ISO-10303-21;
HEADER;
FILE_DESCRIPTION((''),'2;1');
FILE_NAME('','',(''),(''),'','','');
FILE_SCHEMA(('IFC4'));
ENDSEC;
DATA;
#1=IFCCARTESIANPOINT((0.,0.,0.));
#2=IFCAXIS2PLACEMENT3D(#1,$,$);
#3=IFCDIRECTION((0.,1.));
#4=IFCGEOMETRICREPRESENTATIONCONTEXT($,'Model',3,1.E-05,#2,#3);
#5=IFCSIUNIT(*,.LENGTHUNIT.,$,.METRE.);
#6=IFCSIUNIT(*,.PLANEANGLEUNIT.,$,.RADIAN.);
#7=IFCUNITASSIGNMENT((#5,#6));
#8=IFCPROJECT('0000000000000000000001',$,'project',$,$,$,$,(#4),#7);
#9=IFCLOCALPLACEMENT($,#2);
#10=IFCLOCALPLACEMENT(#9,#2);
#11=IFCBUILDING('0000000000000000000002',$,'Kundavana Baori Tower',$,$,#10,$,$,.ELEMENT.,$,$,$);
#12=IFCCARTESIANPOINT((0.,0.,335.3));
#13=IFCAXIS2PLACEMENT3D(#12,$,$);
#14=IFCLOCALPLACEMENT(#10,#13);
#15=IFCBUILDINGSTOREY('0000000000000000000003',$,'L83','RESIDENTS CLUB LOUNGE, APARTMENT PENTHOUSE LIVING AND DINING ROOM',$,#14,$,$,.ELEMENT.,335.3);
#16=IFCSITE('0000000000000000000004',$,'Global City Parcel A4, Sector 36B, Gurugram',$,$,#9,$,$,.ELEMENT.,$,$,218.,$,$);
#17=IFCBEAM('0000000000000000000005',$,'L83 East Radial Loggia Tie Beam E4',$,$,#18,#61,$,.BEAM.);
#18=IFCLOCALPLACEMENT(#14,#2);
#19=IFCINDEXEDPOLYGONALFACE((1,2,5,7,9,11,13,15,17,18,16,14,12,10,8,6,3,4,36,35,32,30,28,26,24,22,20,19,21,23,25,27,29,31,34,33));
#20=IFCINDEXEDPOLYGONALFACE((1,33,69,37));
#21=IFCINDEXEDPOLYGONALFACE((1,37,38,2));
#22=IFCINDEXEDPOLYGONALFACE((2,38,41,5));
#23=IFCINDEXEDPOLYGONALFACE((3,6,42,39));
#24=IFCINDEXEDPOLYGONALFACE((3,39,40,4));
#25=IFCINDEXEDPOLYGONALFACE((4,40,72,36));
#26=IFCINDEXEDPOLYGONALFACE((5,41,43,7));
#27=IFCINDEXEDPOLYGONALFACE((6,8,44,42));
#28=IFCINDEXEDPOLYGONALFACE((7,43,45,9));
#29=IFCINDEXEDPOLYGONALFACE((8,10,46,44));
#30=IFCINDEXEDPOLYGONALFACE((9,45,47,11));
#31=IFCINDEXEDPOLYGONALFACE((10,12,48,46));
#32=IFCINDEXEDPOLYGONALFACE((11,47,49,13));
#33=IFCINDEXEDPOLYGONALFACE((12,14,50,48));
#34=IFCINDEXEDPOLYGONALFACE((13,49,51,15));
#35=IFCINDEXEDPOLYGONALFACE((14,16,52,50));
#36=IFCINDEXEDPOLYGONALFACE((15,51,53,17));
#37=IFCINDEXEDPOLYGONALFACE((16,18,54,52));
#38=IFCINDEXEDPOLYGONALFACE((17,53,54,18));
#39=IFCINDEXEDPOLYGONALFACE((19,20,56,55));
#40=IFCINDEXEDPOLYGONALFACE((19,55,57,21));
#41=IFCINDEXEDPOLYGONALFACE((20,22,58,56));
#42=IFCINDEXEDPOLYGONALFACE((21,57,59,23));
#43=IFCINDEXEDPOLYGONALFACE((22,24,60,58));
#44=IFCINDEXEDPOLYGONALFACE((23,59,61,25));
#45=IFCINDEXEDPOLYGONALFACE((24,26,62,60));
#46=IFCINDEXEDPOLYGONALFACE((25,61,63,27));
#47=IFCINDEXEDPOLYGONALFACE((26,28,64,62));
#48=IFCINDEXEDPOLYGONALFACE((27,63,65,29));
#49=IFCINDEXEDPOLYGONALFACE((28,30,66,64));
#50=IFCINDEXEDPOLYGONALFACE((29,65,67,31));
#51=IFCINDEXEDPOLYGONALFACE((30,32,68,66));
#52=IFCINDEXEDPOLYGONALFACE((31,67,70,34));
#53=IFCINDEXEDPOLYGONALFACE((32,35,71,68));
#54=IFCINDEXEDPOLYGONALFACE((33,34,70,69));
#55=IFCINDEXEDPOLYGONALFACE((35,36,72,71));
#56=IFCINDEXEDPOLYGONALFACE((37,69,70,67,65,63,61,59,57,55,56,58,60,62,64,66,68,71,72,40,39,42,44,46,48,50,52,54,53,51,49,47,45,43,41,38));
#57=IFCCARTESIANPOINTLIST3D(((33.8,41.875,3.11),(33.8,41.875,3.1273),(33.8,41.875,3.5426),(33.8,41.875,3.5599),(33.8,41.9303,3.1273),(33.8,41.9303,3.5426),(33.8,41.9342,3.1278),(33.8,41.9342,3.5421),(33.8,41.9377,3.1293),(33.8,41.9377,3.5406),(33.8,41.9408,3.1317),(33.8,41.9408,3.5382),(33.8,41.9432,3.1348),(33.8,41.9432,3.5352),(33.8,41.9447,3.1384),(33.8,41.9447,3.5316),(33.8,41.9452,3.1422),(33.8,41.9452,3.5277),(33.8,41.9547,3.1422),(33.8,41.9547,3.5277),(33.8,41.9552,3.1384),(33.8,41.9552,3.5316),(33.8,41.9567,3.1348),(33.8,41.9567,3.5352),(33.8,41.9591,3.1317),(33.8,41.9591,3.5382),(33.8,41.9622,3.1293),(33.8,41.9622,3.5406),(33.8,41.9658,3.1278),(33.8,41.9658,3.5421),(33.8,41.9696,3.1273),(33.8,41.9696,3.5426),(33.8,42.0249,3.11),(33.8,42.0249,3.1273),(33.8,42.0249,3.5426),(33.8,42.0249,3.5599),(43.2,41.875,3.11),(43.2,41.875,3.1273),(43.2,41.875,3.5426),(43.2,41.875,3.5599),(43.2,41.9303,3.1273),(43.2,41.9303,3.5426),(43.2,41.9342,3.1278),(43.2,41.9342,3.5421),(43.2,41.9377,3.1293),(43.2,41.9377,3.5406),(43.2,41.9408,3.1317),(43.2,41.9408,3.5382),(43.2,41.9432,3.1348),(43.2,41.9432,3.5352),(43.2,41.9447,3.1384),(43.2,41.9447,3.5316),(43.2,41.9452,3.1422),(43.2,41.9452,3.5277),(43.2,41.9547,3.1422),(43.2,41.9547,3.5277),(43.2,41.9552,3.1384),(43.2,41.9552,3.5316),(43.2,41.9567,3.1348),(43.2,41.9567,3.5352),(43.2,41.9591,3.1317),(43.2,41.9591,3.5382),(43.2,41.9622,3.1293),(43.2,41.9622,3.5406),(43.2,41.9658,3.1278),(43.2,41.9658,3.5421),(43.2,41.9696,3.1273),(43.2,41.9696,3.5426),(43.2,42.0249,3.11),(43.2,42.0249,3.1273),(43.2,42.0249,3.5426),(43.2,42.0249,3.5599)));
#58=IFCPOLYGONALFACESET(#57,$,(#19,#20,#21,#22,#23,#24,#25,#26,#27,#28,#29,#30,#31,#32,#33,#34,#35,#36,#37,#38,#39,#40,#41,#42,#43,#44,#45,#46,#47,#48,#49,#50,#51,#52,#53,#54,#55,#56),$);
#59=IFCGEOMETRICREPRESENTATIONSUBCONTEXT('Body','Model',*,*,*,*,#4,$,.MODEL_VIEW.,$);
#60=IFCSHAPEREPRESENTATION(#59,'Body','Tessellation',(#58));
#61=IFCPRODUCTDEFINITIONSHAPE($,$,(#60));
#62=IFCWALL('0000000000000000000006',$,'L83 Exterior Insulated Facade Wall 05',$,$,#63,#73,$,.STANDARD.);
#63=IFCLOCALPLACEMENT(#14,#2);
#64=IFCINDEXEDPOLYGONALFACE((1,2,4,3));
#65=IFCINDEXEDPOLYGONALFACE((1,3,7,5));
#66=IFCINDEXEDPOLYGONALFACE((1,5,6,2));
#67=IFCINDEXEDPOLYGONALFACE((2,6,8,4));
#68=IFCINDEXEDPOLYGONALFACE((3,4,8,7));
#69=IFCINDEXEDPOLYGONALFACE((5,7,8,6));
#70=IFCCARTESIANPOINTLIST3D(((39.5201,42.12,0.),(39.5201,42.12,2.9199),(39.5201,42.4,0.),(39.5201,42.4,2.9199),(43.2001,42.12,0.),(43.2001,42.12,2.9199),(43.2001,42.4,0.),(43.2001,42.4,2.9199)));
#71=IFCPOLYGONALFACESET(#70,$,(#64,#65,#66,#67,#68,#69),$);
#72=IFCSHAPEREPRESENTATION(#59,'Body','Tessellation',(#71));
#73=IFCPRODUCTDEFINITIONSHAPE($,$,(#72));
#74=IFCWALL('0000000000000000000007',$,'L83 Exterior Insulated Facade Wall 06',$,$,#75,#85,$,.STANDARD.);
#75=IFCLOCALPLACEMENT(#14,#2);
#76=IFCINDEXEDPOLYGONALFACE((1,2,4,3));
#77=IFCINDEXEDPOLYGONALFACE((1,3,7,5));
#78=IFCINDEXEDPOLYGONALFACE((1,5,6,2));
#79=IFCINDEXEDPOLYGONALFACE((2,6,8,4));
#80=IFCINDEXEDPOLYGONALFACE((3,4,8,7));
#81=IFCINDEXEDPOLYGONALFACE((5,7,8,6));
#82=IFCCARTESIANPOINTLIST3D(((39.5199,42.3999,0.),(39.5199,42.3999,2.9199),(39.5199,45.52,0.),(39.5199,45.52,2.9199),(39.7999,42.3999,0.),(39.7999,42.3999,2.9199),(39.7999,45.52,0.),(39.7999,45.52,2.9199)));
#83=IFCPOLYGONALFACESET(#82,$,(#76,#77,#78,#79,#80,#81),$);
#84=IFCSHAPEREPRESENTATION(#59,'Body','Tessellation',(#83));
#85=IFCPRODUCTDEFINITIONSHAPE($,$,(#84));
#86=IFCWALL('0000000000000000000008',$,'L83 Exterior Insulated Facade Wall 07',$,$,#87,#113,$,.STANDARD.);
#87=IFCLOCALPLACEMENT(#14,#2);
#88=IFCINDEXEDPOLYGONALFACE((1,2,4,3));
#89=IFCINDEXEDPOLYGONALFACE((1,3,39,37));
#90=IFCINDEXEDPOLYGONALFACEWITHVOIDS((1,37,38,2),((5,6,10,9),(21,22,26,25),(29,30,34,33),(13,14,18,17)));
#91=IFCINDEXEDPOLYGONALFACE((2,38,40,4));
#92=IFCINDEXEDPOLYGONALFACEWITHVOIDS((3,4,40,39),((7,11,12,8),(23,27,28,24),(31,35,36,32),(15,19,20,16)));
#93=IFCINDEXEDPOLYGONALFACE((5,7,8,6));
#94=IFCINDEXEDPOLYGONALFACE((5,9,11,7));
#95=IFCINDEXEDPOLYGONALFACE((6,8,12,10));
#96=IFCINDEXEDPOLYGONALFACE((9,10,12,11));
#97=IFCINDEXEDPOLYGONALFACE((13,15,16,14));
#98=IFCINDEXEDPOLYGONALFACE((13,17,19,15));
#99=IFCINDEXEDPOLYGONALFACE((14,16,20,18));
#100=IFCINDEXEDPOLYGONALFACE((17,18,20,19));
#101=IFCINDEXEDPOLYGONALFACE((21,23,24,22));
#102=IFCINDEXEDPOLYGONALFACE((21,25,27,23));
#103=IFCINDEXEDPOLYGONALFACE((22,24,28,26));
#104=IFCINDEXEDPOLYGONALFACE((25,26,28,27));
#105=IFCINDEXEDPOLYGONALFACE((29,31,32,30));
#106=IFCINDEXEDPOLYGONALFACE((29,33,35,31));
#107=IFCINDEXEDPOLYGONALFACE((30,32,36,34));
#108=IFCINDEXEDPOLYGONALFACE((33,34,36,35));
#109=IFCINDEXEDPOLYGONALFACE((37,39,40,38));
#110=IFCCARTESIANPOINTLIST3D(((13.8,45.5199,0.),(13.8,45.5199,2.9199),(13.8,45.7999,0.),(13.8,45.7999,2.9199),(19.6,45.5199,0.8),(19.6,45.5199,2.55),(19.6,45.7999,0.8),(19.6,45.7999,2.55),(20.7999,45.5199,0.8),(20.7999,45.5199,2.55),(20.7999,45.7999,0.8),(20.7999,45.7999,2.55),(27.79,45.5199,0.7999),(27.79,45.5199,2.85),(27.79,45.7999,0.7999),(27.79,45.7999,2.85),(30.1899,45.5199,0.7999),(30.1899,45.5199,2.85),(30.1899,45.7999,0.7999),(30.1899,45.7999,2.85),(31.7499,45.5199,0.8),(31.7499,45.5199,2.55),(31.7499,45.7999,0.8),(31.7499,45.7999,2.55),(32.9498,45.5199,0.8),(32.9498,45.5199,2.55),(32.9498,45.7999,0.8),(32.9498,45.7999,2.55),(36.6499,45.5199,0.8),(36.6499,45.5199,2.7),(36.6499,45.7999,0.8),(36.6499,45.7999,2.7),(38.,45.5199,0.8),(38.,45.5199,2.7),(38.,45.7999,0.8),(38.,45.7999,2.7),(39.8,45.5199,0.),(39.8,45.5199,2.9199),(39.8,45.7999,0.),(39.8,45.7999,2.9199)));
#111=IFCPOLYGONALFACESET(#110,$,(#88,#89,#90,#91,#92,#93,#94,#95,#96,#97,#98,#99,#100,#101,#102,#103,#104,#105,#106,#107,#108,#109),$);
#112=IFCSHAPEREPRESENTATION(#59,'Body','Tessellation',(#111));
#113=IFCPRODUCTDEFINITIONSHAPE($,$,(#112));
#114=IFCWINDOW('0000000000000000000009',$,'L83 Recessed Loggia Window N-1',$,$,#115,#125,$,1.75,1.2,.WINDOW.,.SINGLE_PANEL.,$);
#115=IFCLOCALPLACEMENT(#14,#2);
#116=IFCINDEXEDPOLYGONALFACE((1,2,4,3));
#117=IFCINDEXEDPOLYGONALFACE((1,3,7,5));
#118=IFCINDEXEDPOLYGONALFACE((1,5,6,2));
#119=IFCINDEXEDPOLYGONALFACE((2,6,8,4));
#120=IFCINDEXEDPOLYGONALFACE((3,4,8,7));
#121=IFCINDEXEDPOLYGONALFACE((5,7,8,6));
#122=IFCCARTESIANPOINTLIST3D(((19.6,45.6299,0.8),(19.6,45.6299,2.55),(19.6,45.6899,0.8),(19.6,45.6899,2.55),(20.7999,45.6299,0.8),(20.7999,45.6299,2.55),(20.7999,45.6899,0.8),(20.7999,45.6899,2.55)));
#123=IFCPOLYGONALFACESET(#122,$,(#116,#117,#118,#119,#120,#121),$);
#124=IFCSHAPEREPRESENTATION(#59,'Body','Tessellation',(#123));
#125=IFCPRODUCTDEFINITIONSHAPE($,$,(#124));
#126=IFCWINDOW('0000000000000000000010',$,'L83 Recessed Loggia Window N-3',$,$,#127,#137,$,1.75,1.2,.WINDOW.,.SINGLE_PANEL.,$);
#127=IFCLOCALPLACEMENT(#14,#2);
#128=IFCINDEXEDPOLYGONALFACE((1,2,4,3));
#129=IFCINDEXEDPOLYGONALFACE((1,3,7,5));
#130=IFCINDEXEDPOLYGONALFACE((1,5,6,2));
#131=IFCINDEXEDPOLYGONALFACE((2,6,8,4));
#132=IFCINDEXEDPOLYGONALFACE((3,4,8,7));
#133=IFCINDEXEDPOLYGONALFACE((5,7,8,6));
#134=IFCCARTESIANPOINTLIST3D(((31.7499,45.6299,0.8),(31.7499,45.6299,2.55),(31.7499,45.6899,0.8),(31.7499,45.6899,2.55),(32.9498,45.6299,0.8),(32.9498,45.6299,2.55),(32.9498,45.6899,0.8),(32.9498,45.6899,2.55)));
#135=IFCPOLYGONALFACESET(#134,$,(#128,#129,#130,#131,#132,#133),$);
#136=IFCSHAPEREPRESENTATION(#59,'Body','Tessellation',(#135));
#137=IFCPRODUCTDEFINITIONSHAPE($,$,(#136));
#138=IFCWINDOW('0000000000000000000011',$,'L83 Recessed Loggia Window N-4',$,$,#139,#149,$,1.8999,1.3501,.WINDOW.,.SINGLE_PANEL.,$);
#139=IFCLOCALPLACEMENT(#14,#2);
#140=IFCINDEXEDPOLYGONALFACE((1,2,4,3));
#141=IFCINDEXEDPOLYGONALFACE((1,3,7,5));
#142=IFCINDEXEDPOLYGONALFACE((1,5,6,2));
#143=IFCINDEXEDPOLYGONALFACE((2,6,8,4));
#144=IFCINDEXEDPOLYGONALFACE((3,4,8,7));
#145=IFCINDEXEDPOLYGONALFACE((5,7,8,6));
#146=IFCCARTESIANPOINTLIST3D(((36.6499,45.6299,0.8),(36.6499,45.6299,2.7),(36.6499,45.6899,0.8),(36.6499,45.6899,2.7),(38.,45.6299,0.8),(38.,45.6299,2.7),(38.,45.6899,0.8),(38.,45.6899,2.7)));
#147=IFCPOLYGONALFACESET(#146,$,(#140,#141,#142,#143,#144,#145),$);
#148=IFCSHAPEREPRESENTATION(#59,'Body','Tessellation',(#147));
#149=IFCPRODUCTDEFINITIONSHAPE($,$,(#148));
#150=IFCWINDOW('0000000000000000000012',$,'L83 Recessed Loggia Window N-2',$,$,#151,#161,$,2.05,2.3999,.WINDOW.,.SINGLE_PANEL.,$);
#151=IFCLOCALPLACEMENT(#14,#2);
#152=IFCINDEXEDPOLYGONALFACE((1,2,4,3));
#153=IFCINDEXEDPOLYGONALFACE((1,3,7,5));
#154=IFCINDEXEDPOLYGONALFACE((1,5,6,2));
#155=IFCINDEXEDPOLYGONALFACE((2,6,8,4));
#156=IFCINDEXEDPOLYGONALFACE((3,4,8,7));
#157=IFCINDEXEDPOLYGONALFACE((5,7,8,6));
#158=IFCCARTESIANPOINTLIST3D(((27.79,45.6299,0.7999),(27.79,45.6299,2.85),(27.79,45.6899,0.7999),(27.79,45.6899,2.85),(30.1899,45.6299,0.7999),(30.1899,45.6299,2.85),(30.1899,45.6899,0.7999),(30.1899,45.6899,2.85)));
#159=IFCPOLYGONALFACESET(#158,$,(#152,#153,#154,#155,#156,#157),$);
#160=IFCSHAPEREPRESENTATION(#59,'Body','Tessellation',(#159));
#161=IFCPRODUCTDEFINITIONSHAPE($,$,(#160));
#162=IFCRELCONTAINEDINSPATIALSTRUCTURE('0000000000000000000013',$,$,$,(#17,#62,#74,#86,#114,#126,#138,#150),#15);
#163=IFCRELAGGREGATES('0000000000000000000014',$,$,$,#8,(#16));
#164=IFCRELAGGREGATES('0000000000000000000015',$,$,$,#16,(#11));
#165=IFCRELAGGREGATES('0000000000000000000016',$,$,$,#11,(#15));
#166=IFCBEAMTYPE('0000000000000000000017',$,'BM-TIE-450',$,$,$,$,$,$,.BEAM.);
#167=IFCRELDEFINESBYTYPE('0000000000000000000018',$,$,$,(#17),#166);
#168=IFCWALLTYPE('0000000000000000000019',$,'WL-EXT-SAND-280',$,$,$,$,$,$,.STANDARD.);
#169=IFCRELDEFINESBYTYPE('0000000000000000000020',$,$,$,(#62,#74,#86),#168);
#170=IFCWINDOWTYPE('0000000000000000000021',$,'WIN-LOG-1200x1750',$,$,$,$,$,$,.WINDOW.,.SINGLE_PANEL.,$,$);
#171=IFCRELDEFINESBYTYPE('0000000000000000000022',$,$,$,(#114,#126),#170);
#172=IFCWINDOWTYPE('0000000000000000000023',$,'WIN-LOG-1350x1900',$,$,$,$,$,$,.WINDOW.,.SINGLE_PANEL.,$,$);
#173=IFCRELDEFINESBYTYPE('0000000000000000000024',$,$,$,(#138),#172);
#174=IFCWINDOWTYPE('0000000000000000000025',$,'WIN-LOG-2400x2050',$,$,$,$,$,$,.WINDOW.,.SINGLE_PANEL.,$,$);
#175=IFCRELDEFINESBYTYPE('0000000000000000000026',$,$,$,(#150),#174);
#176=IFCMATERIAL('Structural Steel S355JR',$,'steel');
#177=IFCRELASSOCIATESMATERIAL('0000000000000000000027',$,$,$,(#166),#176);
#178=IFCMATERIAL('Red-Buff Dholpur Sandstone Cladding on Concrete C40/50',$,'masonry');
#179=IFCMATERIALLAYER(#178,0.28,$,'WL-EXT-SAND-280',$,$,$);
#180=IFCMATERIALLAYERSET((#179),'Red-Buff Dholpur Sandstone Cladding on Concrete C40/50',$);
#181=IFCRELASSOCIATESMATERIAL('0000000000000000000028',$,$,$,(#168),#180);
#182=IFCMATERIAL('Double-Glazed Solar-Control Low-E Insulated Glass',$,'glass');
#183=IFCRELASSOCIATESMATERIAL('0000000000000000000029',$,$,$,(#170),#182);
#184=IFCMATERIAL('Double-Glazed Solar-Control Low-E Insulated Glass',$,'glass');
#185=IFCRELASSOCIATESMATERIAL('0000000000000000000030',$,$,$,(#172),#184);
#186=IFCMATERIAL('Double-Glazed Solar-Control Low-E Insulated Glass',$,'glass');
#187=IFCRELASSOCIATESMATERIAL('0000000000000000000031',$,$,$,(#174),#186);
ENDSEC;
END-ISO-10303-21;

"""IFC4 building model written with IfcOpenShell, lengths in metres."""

from ifc_helpers import new_model, si_unit, direction, frame, frame_2d, origin, origin_2d, place, context, subcontext, project, spatial, rectangle, i_section, extrude, material, layer, layer_set, material_profile, profile_set, type_object, element, fill, save


model = new_model("IFC4")

# Units and contexts
model_context = context("Model", 3, precision=1e-05, world=origin(), true_north=direction((0.0, 1.0)))
body_context = subcontext(model_context, "Body", "Model", "MODEL_VIEW")
ifc_project = project(units=[si_unit("LENGTHUNIT", "METRE"), si_unit("PLANEANGLEUNIT", "RADIAN")], contexts=[model_context])

# Site, building, storey
site_placement = place(None, origin())
site = spatial("IfcSite", under=ifc_project, at=site_placement, Name="Global City Parcel A4, Sector 36B, Gurugram", CompositionType="ELEMENT", RefElevation=218.0)
building_placement = place(site_placement, origin())
building = spatial("IfcBuilding", under=site, at=building_placement, Name="Kundavana Baori Tower", CompositionType="ELEMENT")
storey_placement = place(building_placement, frame((0.0, 0.0, 335.3)))
storey = spatial("IfcBuildingStorey", under=building, at=storey_placement, Name="L83", Description="RESIDENTS CLUB LOUNGE, APARTMENT PENTHOUSE LIVING AND DINING ROOM", CompositionType="ELEMENT", Elevation=335.3)

# Beam
ifc_material_1 = material(Name="Structural Steel S355JR", Category="steel")
ifc_material_profile_1 = material_profile(ifc_material_1, i_section(OverallWidth=0.1499, OverallDepth=0.45, WebThickness=0.0095, FlangeThickness=0.0173, FilletRadius=0.0149, at=origin_2d()), Name="ISMB 450")
ifc_profile_set_1 = profile_set([ifc_material_profile_1], Name="Structural Steel S355JR")
beam_type_1 = type_object("IfcBeamType", Name="BM-TIE-450", PredefinedType="BEAM", material=ifc_profile_set_1)
beam_1_placement = place(storey_placement, frame((33.8, 41.95, 3.335), z_axis=(1.0, 0.0, 0.0), x_axis=(0.0, 1.0, 0.0)))
element("IfcBeam", 1, at=beam_1_placement, inside=storey, type_object=beam_type_1, Name="L83 East Radial Loggia Tie Beam E4", PredefinedType="BEAM", context=body_context, shape_type="SweptSolid", body=[
    extrude(i_section(OverallWidth=0.1499, OverallDepth=0.45, WebThickness=0.0095, FlangeThickness=0.0173, FilletRadius=0.0149, at=origin_2d()), origin(), (0.0, 0.0, 1.0), 9.3999),
])

# Walls
ifc_material_2 = material(Name="Red-Buff Dholpur Sandstone Cladding on Concrete C40/50", Category="masonry")
ifc_layer_1 = layer(ifc_material_2, 0.28, Name="WL-EXT-SAND-280")
ifc_layer_set_1 = layer_set([ifc_layer_1], Name="Red-Buff Dholpur Sandstone Cladding on Concrete C40/50")
wall_type_1 = type_object("IfcWallType", Name="WL-EXT-SAND-280", PredefinedType="STANDARD", material=ifc_layer_set_1)
wall_1_placement = place(storey_placement, frame((43.2, 42.26, 0.0), z_axis=(0.0, 0.0, 1.0), x_axis=(-1.0, 0.0, 0.0)))
element("IfcWall", 2, at=wall_1_placement, inside=storey, type_object=wall_type_1, Name="L83 Exterior Insulated Facade Wall 05", PredefinedType="STANDARD", context=body_context, shape_type="SweptSolid", body=[
    extrude(rectangle(XDim=3.6799, YDim=0.28, at=frame_2d((1.8398, 0.0))), origin(), (0.0, 0.0, 1.0), 2.9199),
])
wall_2_placement = place(storey_placement, frame((39.6599, 42.3999, 0.0), z_axis=(0.0, 0.0, 1.0), x_axis=(0.0, 1.0, 0.0)))
element("IfcWall", 3, at=wall_2_placement, inside=storey, type_object=wall_type_1, Name="L83 Exterior Insulated Facade Wall 06", PredefinedType="STANDARD", context=body_context, shape_type="SweptSolid", body=[
    extrude(rectangle(XDim=3.1201, YDim=0.28, at=frame_2d((1.5601, 0.0))), origin(), (0.0, 0.0, 1.0), 2.9199),
])

# Wall, openings, windows
wall_3_placement = place(storey_placement, frame((39.8, 45.6599, 0.0), z_axis=(0.0, 0.0, 1.0), x_axis=(-1.0, 0.0, 0.0)))
wall_3 = element("IfcWall", 4, at=wall_3_placement, inside=storey, type_object=wall_type_1, Name="L83 Exterior Insulated Facade Wall 07", PredefinedType="STANDARD", context=body_context, shape_type="SweptSolid", body=[
    extrude(rectangle(XDim=26.0, YDim=0.28, at=frame_2d((13.0, 0.0))), origin(), (0.0, 0.0, 1.0), 2.9199),
])
opening_1_placement = place(wall_3_placement, frame((19.0, 0.0, 0.8)))
opening_1 = element("IfcOpeningElement", 5, at=opening_1_placement, cuts=wall_3, PredefinedType="OPENING", context=body_context, shape_type="SweptSolid", body=[
    extrude(rectangle(XDim=1.2, YDim=1.75, at=frame_2d((0.6001, 0.875))), frame((0.0, 0.1499, 0.0), z_axis=(0.0, -1.0, 0.0), x_axis=(1.0, 0.0, 0.0)), (0.0, 0.0, 1.0), 0.3),
])
opening_2_placement = place(wall_3_placement, frame((9.6101, 0.0, 0.8)))
opening_2 = element("IfcOpeningElement", 6, at=opening_2_placement, cuts=wall_3, PredefinedType="OPENING", context=body_context, shape_type="SweptSolid", body=[
    extrude(rectangle(XDim=2.3999, YDim=2.05, at=frame_2d((1.2, 1.0249))), frame((0.0, 0.1499, 0.0), z_axis=(0.0, -1.0, 0.0), x_axis=(1.0, 0.0, 0.0)), (0.0, 0.0, 1.0), 0.3),
])
opening_3_placement = place(wall_3_placement, frame((6.8501, 0.0, 0.8)))
opening_3 = element("IfcOpeningElement", 7, at=opening_3_placement, cuts=wall_3, PredefinedType="OPENING", context=body_context, shape_type="SweptSolid", body=[
    extrude(rectangle(XDim=1.2, YDim=1.75, at=frame_2d((0.6001, 0.875))), frame((0.0, 0.1499, 0.0), z_axis=(0.0, -1.0, 0.0), x_axis=(1.0, 0.0, 0.0)), (0.0, 0.0, 1.0), 0.3),
])
opening_4_placement = place(wall_3_placement, frame((1.8, 0.0, 0.8)))
opening_4 = element("IfcOpeningElement", 8, at=opening_4_placement, cuts=wall_3, PredefinedType="OPENING", context=body_context, shape_type="SweptSolid", body=[
    extrude(rectangle(XDim=1.3501, YDim=1.8999, at=frame_2d((0.675, 0.95))), frame((0.0, 0.1499, 0.0), z_axis=(0.0, -1.0, 0.0), x_axis=(1.0, 0.0, 0.0)), (0.0, 0.0, 1.0), 0.3),
])
ifc_material_3 = material(Name="Double-Glazed Solar-Control Low-E Insulated Glass", Category="glass")
window_type_1 = type_object("IfcWindowType", Name="WIN-LOG-1200x1750", PartitioningType="SINGLE_PANEL", PredefinedType="WINDOW", material=ifc_material_3)
window_1_placement = place(opening_1_placement, origin())
window_1 = element("IfcWindow", 9, at=window_1_placement, inside=storey, type_object=window_type_1, Name="L83 Recessed Loggia Window N-1", OverallHeight=1.75, OverallWidth=1.2, PartitioningType="SINGLE_PANEL", PredefinedType="WINDOW", context=body_context, shape_type="SweptSolid", body=[
    extrude(rectangle(XDim=1.2, YDim=1.75, at=frame_2d((0.6001, 0.875))), frame((0.0, 0.03, 0.0), z_axis=(0.0, -1.0, 0.0), x_axis=(1.0, 0.0, 0.0)), (0.0, 0.0, 1.0), 0.0601),
])
fill(opening_1, window_1)
window_2_placement = place(opening_3_placement, origin())
window_2 = element("IfcWindow", 10, at=window_2_placement, inside=storey, type_object=window_type_1, Name="L83 Recessed Loggia Window N-3", OverallHeight=1.75, OverallWidth=1.2, PartitioningType="SINGLE_PANEL", PredefinedType="WINDOW", context=body_context, shape_type="SweptSolid", body=[
    extrude(rectangle(XDim=1.2, YDim=1.75, at=frame_2d((0.6001, 0.875))), frame((0.0, 0.03, 0.0), z_axis=(0.0, -1.0, 0.0), x_axis=(1.0, 0.0, 0.0)), (0.0, 0.0, 1.0), 0.0601),
])
fill(opening_3, window_2)
ifc_material_4 = material(Name="Double-Glazed Solar-Control Low-E Insulated Glass", Category="glass")
window_type_2 = type_object("IfcWindowType", Name="WIN-LOG-1350x1900", PartitioningType="SINGLE_PANEL", PredefinedType="WINDOW", material=ifc_material_4)
window_3_placement = place(opening_4_placement, origin())
window_3 = element("IfcWindow", 11, at=window_3_placement, inside=storey, type_object=window_type_2, Name="L83 Recessed Loggia Window N-4", OverallHeight=1.8999, OverallWidth=1.3501, PartitioningType="SINGLE_PANEL", PredefinedType="WINDOW", context=body_context, shape_type="SweptSolid", body=[
    extrude(rectangle(XDim=1.3501, YDim=1.8999, at=frame_2d((0.675, 0.95))), frame((0.0, 0.03, 0.0), z_axis=(0.0, -1.0, 0.0), x_axis=(1.0, 0.0, 0.0)), (0.0, 0.0, 1.0), 0.0601),
])
fill(opening_4, window_3)
ifc_material_5 = material(Name="Double-Glazed Solar-Control Low-E Insulated Glass", Category="glass")
window_type_3 = type_object("IfcWindowType", Name="WIN-LOG-2400x2050", PartitioningType="SINGLE_PANEL", PredefinedType="WINDOW", material=ifc_material_5)
window_4_placement = place(opening_2_placement, origin())
window_4 = element("IfcWindow", 12, at=window_4_placement, inside=storey, type_object=window_type_3, Name="L83 Recessed Loggia Window N-2", OverallHeight=2.05, OverallWidth=2.3999, PartitioningType="SINGLE_PANEL", PredefinedType="WINDOW", context=body_context, shape_type="SweptSolid", body=[
    extrude(rectangle(XDim=2.3999, YDim=2.05, at=frame_2d((1.2, 1.0249))), frame((0.0, 0.03, 0.0), z_axis=(0.0, -1.0, 0.0), x_axis=(1.0, 0.0, 0.0)), (0.0, 0.0, 1.0), 0.0601),
])
fill(opening_2, window_4)

save(model, "model.ifc")
